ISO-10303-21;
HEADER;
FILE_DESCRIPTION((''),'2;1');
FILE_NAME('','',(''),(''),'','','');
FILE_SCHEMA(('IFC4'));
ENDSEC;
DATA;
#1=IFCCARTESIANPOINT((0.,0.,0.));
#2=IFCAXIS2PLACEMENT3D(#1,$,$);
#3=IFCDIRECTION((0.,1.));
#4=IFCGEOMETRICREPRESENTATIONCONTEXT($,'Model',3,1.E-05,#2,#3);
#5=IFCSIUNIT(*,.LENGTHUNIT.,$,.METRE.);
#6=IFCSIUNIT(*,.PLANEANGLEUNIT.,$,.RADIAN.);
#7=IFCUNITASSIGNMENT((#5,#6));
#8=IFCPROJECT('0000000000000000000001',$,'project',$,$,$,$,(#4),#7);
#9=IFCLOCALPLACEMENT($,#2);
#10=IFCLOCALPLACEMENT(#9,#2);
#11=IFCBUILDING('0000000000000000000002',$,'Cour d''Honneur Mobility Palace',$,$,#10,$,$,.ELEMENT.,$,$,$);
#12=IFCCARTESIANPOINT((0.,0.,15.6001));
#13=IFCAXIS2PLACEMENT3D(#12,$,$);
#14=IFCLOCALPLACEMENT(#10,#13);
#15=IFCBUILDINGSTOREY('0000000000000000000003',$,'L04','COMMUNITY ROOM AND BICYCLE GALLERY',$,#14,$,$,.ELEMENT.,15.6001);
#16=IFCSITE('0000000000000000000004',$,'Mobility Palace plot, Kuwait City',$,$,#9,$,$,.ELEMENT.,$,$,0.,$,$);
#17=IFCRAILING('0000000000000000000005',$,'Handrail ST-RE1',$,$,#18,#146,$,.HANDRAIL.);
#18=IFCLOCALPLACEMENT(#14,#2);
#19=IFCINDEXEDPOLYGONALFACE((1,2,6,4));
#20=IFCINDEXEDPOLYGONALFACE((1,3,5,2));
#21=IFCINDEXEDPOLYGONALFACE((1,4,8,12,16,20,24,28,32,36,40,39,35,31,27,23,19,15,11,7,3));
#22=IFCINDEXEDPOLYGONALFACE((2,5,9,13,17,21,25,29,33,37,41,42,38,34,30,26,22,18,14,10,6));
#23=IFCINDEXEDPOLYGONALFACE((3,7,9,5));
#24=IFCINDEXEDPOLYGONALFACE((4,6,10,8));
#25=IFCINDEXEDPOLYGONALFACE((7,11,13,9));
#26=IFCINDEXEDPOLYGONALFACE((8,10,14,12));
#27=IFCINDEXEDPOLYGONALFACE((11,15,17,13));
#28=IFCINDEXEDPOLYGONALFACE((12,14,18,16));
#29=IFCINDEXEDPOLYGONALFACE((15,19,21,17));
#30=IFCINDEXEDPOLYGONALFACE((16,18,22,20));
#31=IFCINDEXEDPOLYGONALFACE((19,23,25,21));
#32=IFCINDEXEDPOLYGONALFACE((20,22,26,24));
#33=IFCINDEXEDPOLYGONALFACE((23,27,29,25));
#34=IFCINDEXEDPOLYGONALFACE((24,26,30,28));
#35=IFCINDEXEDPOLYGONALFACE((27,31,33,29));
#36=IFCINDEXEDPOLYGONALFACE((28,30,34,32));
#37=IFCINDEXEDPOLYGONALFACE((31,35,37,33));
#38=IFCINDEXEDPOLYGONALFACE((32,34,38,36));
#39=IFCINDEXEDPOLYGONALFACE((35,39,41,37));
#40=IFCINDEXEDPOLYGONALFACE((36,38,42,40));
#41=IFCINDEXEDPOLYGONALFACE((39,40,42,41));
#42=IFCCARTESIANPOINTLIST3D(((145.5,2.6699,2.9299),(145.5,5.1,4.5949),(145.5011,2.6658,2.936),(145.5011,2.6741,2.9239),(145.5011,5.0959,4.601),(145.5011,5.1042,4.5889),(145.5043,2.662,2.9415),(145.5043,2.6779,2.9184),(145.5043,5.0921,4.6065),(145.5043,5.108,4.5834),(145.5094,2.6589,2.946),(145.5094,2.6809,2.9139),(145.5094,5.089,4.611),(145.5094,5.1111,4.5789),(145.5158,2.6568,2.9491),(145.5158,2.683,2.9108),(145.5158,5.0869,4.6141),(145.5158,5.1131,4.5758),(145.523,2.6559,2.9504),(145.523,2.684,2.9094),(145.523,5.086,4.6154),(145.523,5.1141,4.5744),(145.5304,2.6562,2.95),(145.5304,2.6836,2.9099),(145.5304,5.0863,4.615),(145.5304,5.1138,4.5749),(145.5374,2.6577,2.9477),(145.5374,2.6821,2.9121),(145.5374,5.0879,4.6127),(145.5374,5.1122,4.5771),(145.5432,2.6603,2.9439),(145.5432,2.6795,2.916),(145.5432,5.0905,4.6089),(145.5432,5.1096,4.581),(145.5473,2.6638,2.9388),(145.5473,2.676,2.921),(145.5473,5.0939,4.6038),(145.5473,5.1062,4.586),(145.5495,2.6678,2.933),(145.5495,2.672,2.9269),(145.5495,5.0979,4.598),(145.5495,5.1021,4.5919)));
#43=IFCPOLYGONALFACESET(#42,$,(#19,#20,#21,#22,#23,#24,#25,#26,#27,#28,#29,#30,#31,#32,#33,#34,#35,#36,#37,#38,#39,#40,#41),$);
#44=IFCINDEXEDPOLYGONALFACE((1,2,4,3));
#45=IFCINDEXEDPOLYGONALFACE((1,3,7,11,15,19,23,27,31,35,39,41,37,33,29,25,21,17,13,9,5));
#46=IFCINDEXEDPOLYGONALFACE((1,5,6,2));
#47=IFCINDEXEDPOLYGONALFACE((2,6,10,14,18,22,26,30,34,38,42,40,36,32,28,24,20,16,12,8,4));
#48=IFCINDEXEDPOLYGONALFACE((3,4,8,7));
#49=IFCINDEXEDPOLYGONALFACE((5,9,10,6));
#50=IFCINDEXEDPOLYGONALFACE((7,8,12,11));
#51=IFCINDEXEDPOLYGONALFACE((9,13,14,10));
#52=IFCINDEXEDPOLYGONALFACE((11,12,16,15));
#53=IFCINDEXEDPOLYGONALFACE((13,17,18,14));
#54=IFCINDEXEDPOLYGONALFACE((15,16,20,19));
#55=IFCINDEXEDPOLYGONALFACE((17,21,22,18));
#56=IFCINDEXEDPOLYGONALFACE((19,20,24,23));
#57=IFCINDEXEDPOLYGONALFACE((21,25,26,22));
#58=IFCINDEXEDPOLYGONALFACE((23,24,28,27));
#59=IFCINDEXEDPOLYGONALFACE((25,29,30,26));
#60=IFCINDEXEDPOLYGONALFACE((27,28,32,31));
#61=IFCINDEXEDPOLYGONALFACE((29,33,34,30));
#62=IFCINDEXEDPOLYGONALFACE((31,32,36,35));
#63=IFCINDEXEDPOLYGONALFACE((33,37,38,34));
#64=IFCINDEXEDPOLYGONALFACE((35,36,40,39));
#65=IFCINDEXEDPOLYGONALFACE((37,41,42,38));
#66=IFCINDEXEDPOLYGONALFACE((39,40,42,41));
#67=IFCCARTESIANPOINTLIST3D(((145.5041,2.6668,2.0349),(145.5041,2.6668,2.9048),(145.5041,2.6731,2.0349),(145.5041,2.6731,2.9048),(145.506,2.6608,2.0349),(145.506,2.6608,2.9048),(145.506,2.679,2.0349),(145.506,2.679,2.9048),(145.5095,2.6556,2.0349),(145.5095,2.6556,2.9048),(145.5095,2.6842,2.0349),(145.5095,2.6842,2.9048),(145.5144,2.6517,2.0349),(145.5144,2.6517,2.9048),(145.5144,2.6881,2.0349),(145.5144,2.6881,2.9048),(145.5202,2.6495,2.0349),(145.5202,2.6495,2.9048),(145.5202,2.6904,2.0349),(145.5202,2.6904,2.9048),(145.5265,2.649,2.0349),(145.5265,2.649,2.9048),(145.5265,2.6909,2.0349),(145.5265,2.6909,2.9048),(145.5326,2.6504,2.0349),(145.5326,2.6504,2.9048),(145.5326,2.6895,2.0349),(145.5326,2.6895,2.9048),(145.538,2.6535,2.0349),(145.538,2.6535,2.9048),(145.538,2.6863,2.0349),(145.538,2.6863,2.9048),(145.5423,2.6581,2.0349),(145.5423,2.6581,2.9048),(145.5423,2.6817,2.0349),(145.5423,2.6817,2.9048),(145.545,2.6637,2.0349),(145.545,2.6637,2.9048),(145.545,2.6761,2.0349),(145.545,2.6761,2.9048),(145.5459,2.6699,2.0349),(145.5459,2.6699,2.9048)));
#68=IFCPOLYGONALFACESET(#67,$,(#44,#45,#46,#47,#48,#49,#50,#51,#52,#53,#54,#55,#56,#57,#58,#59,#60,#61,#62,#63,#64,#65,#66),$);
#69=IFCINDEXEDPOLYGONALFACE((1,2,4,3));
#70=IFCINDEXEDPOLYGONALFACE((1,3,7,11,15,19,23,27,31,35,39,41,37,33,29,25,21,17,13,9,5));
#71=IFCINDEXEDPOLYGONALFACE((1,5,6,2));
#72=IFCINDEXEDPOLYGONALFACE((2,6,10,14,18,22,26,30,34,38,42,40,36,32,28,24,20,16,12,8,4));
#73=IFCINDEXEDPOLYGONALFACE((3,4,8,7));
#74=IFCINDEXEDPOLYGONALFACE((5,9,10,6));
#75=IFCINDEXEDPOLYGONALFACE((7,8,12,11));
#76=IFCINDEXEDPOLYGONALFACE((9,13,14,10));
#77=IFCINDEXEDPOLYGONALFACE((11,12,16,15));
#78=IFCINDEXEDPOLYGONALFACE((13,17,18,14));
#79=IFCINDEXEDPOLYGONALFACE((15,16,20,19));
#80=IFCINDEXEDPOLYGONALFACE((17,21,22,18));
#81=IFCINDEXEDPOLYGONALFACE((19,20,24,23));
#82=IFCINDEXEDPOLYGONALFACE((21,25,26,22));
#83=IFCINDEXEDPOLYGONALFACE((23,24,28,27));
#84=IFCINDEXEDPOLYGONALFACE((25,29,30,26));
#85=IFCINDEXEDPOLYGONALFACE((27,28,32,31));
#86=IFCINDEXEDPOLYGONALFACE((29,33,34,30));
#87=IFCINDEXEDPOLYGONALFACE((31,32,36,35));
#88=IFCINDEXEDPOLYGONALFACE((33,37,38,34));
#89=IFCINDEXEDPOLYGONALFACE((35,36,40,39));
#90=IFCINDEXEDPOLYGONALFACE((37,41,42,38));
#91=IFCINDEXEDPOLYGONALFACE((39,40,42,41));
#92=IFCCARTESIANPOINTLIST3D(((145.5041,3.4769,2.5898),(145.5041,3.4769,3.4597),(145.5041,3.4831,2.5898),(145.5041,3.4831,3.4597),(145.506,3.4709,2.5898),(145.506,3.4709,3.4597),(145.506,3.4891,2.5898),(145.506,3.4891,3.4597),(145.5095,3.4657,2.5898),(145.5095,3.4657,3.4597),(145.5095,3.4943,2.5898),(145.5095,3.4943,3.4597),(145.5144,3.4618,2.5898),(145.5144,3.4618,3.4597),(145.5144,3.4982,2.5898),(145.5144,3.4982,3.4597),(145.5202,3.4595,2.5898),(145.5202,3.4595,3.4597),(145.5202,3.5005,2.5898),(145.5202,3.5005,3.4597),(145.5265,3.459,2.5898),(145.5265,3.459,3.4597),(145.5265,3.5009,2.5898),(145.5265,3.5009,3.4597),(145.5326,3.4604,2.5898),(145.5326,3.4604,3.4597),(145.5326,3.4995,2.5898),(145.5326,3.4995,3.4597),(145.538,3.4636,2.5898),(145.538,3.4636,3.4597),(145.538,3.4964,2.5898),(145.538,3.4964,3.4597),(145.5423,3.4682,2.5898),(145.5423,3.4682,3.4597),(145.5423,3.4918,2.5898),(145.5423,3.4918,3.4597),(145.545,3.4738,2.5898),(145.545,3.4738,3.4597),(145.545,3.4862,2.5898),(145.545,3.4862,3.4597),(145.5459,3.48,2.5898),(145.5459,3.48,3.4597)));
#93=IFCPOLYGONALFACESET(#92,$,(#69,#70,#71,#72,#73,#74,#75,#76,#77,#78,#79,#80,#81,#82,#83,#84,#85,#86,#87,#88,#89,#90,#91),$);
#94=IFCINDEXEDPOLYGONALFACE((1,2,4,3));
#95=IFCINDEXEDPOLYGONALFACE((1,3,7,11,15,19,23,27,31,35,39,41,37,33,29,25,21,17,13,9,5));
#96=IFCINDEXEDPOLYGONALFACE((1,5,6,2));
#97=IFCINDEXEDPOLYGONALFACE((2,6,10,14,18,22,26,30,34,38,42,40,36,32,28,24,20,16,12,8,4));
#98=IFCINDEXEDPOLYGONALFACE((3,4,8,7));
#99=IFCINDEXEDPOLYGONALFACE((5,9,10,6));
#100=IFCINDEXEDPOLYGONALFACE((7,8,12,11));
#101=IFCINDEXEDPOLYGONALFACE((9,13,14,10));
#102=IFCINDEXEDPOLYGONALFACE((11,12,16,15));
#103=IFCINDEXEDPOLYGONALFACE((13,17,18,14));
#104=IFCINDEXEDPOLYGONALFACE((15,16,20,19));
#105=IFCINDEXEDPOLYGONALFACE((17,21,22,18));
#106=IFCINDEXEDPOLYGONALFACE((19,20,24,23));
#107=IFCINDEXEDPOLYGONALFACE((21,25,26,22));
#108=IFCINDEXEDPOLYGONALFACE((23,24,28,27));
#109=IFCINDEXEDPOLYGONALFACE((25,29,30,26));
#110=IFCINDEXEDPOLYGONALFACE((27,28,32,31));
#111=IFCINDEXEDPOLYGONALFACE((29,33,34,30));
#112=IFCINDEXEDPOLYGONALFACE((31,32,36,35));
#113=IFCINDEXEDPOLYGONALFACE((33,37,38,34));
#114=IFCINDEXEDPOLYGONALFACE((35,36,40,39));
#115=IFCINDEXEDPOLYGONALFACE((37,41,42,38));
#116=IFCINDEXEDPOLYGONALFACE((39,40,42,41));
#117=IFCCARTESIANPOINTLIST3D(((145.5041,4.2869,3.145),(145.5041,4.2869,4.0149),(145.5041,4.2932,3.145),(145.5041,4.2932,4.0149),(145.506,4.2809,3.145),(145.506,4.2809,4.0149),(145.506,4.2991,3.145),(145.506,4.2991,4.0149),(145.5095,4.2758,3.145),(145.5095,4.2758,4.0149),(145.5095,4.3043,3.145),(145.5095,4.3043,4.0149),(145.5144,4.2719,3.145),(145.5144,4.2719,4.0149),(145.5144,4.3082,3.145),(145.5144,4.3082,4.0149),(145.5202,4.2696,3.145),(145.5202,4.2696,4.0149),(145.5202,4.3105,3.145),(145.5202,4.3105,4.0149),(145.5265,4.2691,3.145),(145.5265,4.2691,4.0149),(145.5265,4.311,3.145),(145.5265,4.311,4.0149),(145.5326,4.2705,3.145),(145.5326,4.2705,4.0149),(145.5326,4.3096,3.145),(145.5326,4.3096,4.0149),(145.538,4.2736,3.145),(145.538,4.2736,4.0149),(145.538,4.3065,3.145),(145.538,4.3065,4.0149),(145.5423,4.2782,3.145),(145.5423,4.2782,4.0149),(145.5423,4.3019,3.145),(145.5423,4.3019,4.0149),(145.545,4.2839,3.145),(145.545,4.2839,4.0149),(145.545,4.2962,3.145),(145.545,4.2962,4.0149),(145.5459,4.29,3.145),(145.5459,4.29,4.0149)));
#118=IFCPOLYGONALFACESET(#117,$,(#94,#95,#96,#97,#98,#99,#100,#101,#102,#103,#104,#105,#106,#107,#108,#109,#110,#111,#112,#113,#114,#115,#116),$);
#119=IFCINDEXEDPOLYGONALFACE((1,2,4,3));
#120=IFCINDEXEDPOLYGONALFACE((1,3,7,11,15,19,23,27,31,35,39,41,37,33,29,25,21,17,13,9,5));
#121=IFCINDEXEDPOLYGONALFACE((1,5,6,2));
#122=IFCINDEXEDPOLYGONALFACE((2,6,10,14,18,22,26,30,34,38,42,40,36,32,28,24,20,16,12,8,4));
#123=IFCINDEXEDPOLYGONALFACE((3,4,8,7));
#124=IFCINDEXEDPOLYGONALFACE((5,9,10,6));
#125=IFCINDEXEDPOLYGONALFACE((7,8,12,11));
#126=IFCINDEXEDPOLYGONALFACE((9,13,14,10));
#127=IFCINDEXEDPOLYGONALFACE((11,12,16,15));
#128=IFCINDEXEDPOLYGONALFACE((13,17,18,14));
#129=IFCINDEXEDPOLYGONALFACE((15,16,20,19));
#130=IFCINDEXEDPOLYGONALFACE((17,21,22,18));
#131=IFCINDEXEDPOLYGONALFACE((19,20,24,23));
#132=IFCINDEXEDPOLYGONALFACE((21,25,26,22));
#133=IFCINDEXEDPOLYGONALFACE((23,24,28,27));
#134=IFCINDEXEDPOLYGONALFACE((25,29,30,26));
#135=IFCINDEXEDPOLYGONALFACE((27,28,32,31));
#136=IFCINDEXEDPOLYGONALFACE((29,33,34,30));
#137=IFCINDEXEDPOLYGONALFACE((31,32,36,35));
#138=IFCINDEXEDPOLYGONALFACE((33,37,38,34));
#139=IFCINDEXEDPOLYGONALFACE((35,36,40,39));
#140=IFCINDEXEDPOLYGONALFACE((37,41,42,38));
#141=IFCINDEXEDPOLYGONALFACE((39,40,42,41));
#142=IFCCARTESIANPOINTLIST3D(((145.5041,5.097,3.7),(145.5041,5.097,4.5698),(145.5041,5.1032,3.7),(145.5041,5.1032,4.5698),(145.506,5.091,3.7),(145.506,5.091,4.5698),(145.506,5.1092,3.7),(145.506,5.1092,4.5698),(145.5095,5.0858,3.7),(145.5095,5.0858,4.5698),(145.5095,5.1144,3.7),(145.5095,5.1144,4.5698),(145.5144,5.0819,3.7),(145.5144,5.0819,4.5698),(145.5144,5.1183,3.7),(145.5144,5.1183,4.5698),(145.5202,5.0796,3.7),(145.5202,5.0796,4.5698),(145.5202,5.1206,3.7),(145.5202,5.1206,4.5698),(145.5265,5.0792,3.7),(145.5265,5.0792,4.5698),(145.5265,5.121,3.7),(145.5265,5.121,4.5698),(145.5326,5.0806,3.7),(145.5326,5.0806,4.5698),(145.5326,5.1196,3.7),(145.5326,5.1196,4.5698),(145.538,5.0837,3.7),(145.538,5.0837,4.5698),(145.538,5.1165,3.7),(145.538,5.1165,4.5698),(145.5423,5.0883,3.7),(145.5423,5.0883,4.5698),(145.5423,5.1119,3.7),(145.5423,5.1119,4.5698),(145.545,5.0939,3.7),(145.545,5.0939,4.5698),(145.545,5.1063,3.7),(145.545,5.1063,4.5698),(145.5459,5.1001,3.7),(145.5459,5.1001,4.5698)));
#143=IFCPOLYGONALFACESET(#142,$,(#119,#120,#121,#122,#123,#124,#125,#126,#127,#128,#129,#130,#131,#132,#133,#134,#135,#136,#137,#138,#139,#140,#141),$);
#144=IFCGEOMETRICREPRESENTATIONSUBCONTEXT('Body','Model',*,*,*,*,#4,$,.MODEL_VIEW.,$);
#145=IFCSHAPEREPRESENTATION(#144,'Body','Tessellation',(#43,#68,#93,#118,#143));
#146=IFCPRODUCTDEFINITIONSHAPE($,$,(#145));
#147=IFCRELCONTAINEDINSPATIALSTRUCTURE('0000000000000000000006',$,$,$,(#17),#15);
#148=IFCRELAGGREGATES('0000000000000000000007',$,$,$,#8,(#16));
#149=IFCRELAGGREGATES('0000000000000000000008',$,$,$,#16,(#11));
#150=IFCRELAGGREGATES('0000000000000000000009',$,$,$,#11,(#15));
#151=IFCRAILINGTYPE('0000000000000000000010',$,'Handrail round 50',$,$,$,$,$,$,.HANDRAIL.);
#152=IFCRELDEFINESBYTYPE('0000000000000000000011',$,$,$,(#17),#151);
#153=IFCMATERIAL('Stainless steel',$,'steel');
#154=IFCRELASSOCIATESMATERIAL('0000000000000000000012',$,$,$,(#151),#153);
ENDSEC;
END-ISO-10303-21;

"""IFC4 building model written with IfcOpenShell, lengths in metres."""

from ifc_helpers import new_model, si_unit, direction, frame, origin, origin_2d, place, context, subcontext, project, spatial, circle, extrude, material, type_object, element, save


model = new_model("IFC4")

# Units and contexts
model_context = context("Model", 3, precision=1e-05, world=origin(), true_north=direction((0.0, 1.0)))
body_context = subcontext(model_context, "Body", "Model", "MODEL_VIEW")
ifc_project = project(units=[si_unit("LENGTHUNIT", "METRE"), si_unit("PLANEANGLEUNIT", "RADIAN")], contexts=[model_context])

# Site, building, storey
site_placement = place(None, origin())
site = spatial("IfcSite", under=ifc_project, at=site_placement, Name="Mobility Palace plot, Kuwait City", CompositionType="ELEMENT", RefElevation=0.0)
building_placement = place(site_placement, origin())
building = spatial("IfcBuilding", under=site, at=building_placement, Name="Cour d'Honneur Mobility Palace", CompositionType="ELEMENT")
storey_placement = place(building_placement, frame((0.0, 0.0, 15.6001)))
storey = spatial("IfcBuildingStorey", under=building, at=storey_placement, Name="L04", Description="COMMUNITY ROOM AND BICYCLE GALLERY", CompositionType="ELEMENT", Elevation=15.6001)

# Railing
ifc_material_1 = material(Name="Stainless steel", Category="steel")
railing_type_1 = type_object("IfcRailingType", Name="Handrail round 50", PredefinedType="HANDRAIL", material=ifc_material_1)
railing_1_placement = place(storey_placement, frame((145.5249, 2.6699, 2.0349)))
element("IfcRailing", 1, at=railing_1_placement, inside=storey, type_object=railing_type_1, Name="Handrail ST-RE1", PredefinedType="HANDRAIL", context=body_context, shape_type="SweptSolid", body=[
    extrude(circle(Radius=0.0249, at=origin_2d()), frame((0.0, 0.0, 0.895), z_axis=(0.0, 0.824945, 0.565213), x_axis=(-1.0, 0.0, 0.0)), (0.0, 0.0, 1.0), 2.9458),
    extrude(circle(Radius=0.021, at=origin_2d()), origin(), (0.0, 0.0, 1.0), 0.8699),
    extrude(circle(Radius=0.021, at=origin_2d()), frame((0.0, 0.8101, 0.5549)), (0.0, 0.0, 1.0), 0.8699),
    extrude(circle(Radius=0.021, at=origin_2d()), frame((0.0, 1.6201, 1.1101)), (0.0, 0.0, 1.0), 0.8699),
    extrude(circle(Radius=0.021, at=origin_2d()), frame((0.0, 2.4302, 1.665)), (0.0, 0.0, 1.0), 0.8699),
])

save(model, "model.ifc")
